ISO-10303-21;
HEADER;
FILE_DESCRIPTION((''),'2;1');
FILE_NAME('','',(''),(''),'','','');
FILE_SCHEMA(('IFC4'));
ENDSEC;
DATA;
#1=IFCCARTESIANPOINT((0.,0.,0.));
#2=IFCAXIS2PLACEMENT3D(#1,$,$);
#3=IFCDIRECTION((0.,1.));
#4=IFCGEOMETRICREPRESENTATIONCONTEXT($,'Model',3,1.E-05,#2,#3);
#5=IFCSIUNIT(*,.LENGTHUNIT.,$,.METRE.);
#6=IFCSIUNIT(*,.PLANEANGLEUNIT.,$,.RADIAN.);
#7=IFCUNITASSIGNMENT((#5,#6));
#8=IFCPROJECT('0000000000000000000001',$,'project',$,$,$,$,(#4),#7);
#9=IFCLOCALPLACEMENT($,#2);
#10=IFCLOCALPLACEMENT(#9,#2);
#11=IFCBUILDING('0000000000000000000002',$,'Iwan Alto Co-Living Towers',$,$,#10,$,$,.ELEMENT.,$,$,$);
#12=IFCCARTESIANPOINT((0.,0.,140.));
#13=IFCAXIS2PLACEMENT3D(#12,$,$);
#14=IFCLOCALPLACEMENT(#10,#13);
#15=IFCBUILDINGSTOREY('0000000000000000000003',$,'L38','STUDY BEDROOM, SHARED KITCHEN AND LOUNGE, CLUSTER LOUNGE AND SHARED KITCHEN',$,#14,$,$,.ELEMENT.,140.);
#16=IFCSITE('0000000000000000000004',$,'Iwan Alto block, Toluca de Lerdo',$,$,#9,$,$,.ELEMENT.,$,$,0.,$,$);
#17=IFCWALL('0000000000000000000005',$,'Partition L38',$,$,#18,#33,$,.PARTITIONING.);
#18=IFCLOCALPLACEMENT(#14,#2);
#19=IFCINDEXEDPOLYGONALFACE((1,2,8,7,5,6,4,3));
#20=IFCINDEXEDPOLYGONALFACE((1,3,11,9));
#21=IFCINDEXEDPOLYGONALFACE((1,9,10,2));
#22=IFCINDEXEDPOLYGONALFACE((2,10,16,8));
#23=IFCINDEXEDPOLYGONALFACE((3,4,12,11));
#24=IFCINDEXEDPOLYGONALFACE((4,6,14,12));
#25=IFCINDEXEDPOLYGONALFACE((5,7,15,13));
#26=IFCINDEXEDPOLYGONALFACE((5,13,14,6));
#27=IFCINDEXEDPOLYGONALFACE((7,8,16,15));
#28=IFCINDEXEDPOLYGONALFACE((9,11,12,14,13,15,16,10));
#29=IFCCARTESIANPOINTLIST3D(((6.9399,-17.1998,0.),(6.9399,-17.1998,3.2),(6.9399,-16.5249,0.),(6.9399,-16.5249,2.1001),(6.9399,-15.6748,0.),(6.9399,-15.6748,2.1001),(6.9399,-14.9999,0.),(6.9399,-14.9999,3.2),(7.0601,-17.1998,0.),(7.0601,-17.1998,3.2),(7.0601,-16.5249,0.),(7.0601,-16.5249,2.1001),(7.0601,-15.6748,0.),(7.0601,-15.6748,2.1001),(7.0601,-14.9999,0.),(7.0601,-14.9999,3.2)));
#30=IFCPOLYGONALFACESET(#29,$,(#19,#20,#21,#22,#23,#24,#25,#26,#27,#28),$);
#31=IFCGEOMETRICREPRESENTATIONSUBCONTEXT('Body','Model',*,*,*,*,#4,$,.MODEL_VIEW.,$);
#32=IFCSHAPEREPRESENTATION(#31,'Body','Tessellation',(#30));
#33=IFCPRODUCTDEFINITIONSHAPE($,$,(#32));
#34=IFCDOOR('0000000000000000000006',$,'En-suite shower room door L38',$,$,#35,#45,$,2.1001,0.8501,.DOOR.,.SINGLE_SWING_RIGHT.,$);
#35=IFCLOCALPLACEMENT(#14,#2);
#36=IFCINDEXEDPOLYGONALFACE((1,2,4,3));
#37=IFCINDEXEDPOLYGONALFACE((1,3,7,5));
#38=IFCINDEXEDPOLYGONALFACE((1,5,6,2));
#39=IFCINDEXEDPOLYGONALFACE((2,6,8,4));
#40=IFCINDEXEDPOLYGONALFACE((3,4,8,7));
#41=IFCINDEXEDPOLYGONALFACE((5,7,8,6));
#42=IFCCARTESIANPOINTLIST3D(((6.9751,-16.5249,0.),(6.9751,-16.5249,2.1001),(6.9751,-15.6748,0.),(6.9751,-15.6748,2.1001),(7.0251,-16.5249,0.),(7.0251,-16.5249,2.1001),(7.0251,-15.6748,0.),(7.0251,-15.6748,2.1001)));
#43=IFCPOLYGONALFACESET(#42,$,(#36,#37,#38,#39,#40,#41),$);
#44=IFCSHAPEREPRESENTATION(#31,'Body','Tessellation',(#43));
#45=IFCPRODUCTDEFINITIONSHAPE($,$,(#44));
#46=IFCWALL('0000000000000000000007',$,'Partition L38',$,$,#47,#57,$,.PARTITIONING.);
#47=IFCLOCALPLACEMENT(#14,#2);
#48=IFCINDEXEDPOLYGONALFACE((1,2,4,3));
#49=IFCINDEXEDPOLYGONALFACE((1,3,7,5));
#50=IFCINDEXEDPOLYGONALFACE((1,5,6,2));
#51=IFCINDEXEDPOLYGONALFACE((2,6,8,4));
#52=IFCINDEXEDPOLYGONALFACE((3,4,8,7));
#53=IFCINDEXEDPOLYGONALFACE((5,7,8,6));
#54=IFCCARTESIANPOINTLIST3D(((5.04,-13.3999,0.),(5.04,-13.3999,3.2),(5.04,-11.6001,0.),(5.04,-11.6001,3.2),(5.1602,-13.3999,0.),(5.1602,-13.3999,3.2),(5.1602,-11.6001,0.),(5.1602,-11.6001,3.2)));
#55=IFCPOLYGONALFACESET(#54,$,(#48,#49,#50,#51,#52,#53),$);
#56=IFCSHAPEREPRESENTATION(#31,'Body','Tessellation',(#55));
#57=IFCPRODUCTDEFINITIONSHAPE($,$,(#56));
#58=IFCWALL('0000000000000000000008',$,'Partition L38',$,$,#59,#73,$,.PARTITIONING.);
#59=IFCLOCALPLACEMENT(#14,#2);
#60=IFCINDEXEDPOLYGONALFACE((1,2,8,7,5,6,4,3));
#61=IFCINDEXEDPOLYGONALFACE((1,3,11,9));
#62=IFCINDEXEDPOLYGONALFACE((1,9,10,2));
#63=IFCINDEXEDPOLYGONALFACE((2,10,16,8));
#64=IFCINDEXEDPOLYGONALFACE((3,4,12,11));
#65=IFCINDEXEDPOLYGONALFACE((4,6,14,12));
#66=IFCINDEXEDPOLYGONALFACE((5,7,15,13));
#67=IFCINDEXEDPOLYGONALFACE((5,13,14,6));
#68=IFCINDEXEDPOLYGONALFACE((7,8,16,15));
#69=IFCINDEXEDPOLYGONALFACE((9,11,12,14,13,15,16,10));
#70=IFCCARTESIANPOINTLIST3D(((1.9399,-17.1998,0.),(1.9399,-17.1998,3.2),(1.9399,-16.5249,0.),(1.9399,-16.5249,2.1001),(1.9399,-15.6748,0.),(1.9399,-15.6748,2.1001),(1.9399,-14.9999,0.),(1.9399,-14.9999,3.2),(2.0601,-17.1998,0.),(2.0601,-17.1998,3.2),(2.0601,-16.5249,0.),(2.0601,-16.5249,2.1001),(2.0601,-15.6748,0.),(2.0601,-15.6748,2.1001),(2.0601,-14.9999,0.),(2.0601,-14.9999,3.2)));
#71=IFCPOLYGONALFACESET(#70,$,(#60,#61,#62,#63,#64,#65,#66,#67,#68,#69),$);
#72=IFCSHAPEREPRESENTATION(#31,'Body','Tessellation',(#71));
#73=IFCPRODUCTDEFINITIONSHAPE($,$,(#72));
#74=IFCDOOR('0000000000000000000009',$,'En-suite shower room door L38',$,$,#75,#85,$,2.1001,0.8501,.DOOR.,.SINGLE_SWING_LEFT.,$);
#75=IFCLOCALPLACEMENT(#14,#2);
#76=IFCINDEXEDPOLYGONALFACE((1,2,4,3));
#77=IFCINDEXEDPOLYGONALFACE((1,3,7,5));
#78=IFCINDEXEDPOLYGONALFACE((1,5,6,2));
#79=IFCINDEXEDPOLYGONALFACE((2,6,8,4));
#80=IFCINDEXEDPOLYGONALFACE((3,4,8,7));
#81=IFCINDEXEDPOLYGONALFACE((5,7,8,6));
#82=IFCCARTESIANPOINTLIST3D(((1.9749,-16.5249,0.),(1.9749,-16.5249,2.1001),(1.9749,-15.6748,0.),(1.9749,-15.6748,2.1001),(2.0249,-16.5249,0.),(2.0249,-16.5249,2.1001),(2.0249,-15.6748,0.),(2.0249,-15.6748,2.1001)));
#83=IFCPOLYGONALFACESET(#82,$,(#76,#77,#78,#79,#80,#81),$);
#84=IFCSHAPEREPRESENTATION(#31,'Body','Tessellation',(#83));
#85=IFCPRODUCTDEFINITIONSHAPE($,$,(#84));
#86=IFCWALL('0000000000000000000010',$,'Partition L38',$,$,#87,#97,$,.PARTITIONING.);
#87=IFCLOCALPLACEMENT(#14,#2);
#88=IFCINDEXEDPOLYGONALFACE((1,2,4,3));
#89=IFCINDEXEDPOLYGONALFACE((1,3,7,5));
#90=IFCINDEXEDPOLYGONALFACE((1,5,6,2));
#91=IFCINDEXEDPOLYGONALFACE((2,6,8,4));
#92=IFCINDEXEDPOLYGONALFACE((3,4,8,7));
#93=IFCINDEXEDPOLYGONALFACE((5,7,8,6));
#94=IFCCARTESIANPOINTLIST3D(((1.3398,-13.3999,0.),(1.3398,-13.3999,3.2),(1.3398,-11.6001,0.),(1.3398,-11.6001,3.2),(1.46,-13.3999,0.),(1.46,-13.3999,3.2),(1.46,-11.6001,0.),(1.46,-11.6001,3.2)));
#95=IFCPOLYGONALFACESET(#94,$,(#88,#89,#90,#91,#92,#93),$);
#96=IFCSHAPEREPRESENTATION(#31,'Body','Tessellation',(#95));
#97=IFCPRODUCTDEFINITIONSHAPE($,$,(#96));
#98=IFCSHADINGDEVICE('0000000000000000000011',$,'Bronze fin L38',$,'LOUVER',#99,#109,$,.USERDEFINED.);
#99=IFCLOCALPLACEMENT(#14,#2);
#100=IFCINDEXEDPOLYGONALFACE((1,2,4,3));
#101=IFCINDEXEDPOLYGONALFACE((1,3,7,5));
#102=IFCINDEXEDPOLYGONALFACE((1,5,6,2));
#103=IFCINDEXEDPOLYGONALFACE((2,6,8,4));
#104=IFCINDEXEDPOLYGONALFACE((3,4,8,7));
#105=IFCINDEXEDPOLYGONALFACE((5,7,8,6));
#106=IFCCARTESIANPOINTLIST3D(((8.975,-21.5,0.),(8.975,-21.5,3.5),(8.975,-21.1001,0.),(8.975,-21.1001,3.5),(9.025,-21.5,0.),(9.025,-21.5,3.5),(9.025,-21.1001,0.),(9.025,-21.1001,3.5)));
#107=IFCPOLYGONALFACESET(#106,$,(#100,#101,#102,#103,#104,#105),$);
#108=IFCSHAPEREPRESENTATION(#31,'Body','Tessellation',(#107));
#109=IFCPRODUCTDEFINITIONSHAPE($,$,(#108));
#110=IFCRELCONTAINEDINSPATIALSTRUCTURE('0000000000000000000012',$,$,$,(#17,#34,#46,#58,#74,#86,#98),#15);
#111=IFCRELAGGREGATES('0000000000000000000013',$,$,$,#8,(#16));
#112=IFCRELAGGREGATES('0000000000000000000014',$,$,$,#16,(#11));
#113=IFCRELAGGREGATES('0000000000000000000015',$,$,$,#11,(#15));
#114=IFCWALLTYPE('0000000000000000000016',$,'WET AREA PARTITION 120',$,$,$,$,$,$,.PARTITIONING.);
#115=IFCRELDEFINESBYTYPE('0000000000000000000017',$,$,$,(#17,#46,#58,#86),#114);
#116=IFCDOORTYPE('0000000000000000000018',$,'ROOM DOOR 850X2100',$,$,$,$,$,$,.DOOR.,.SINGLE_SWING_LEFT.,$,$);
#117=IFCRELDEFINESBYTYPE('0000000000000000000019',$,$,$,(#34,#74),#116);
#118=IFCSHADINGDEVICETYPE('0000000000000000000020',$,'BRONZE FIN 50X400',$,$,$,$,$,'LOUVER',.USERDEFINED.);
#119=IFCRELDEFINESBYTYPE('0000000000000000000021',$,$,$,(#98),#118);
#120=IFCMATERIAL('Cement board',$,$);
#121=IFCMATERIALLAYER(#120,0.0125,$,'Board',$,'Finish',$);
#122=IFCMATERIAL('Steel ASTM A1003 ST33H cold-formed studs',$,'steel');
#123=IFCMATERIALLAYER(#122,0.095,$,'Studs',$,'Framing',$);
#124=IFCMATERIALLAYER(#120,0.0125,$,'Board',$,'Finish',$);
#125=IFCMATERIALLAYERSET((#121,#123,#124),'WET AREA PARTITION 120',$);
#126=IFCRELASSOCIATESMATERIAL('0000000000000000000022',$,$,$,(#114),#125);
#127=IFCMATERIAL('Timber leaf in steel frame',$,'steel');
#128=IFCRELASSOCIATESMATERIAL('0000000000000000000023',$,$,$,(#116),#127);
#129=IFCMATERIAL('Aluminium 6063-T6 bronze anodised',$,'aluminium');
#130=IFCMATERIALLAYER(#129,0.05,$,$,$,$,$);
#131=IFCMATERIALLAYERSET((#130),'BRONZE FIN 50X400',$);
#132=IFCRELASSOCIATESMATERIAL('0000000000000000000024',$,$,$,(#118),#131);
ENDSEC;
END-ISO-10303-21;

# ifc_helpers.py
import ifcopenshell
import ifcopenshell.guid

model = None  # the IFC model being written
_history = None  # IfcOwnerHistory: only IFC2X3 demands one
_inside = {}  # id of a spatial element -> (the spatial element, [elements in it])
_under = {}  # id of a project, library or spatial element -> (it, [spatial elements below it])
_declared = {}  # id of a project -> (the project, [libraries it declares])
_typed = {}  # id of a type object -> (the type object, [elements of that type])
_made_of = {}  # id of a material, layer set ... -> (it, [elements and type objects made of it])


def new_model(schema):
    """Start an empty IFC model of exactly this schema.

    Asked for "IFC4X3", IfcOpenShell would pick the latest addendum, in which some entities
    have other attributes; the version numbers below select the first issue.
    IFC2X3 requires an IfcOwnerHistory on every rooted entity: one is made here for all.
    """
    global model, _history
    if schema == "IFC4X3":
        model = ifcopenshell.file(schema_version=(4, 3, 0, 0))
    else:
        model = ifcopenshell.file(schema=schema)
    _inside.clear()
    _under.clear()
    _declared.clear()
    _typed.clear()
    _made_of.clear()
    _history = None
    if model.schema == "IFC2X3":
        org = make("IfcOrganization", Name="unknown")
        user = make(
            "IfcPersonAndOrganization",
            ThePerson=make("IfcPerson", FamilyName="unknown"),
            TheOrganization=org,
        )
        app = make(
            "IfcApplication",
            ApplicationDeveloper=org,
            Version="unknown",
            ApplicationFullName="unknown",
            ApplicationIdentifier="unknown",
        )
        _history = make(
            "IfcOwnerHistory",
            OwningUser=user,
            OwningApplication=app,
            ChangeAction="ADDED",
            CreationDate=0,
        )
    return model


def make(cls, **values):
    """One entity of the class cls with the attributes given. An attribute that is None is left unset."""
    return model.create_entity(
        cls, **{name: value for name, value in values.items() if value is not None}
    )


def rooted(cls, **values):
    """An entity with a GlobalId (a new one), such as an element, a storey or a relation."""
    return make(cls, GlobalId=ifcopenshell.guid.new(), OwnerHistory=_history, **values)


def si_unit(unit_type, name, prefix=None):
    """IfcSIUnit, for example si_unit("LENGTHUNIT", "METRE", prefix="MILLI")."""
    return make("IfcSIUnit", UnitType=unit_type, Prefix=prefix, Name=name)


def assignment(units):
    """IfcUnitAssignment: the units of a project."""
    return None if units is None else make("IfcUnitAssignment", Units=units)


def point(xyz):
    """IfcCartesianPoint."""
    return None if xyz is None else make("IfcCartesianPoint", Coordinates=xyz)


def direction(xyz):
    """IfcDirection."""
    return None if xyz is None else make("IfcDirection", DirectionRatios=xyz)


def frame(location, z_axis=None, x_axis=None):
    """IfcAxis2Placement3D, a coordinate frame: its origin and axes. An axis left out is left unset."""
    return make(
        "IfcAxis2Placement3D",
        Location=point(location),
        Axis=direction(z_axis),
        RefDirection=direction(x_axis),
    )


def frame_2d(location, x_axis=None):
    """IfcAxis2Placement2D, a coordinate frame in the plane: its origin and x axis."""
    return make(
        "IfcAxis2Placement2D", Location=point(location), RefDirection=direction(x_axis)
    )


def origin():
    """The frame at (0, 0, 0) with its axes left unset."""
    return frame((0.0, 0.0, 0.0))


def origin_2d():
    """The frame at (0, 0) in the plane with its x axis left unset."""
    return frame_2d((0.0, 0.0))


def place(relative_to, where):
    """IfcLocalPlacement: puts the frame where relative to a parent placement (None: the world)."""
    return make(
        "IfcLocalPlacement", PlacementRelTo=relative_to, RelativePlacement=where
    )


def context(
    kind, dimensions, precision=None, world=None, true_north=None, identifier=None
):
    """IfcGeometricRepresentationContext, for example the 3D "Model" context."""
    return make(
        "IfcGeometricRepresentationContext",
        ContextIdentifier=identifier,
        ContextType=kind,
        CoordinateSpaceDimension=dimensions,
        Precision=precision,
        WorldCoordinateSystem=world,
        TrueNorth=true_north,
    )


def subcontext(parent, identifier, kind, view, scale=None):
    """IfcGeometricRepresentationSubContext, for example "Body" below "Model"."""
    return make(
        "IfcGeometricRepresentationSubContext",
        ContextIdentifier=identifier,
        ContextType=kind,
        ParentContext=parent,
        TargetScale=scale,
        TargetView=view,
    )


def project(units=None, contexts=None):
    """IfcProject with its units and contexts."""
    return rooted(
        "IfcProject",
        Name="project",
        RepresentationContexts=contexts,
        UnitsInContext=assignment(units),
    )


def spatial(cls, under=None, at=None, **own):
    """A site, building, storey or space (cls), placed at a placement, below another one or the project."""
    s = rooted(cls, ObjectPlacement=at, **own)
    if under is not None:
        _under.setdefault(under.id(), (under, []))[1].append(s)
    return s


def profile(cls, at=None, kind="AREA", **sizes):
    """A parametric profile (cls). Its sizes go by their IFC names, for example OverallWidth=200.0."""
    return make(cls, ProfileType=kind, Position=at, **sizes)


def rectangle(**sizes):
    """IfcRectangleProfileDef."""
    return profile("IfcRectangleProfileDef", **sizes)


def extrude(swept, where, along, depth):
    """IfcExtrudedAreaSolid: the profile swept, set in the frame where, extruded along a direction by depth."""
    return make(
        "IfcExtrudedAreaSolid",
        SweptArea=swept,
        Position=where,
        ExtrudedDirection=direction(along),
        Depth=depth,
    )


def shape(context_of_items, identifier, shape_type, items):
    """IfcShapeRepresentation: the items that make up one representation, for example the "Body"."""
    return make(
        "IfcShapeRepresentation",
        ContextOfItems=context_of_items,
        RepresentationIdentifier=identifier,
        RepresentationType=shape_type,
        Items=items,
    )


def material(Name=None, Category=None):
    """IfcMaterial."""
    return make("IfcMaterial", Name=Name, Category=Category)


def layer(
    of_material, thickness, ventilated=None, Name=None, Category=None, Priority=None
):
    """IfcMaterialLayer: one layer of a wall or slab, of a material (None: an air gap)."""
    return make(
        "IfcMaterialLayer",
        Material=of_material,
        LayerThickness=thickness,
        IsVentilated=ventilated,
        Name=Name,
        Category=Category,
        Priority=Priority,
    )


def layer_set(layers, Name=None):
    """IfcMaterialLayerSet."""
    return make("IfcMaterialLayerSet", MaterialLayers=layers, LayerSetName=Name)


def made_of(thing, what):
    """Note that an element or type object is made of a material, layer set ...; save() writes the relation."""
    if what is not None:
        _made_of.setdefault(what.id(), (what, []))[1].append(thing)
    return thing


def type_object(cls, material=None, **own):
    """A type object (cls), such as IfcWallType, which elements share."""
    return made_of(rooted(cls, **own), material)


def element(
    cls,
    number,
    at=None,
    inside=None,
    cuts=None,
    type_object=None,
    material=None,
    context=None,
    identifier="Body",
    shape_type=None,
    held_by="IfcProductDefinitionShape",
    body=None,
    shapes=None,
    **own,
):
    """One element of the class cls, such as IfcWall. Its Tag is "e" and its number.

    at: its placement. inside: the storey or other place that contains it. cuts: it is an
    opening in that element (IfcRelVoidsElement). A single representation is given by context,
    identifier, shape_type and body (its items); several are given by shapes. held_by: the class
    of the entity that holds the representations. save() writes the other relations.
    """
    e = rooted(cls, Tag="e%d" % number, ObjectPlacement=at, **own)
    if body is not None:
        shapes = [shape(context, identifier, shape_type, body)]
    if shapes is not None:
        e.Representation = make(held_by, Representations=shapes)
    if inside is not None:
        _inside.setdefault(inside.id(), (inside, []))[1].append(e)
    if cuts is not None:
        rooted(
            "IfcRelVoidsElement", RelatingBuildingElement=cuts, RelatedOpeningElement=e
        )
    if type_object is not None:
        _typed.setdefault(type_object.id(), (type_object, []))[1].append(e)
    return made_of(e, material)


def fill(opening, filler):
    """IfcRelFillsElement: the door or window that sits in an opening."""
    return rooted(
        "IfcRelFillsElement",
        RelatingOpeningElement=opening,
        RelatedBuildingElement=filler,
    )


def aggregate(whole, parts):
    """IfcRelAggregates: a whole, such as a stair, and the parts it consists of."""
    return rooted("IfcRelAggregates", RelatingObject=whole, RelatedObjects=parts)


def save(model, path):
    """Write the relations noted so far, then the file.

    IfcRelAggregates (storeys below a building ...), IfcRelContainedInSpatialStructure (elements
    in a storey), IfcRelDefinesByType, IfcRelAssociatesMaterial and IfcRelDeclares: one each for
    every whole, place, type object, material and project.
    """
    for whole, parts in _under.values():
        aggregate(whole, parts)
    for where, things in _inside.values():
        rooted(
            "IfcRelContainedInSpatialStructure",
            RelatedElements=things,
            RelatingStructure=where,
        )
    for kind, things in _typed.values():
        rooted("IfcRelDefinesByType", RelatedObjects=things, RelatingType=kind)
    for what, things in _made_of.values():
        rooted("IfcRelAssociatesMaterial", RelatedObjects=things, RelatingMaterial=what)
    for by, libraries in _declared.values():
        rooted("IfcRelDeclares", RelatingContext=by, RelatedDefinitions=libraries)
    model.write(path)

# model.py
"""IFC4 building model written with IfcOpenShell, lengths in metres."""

from ifc_helpers import new_model, si_unit, direction, frame, frame_2d, origin, origin_2d, place, context, subcontext, project, spatial, rectangle, extrude, material, layer, layer_set, type_object, element, fill, save


model = new_model("IFC4")

# Units and contexts
model_context = context("Model", 3, precision=1e-05, world=origin(), true_north=direction((0.0, 1.0)))
body_context = subcontext(model_context, "Body", "Model", "MODEL_VIEW")
ifc_project = project(units=[si_unit("LENGTHUNIT", "METRE"), si_unit("PLANEANGLEUNIT", "RADIAN")], contexts=[model_context])

# Site, building, storey
site_placement = place(None, origin())
site = spatial("IfcSite", under=ifc_project, at=site_placement, Name="Iwan Alto block, Toluca de Lerdo", CompositionType="ELEMENT", RefElevation=0.0)
building_placement = place(site_placement, origin())
building = spatial("IfcBuilding", under=site, at=building_placement, Name="Iwan Alto Co-Living Towers", CompositionType="ELEMENT")
storey_placement = place(building_placement, frame((0.0, 0.0, 140.0)))
storey = spatial("IfcBuildingStorey", under=building, at=storey_placement, Name="L38", Description="STUDY BEDROOM, SHARED KITCHEN AND LOUNGE, CLUSTER LOUNGE AND SHARED KITCHEN", CompositionType="ELEMENT", Elevation=140.0)

# Shared definitions
ifc_material_1 = material(Name="Steel ASTM A1003 ST33H cold-formed studs", Category="steel")

# Shared definitions
ifc_material_2 = material(Name="Cement board")
ifc_layer_1 = layer(ifc_material_2, 0.0125, Name="Board", Category="Finish")
ifc_layer_2 = layer(ifc_material_1, 0.095, Name="Studs", Category="Framing")
ifc_layer_3 = layer(ifc_material_2, 0.0125, Name="Board", Category="Finish")
ifc_layer_set_1 = layer_set([ifc_layer_1, ifc_layer_2, ifc_layer_3], Name="WET AREA PARTITION 120")
wall_type_1 = type_object("IfcWallType", Name="WET AREA PARTITION 120", PredefinedType="PARTITIONING", material=ifc_layer_set_1)

# Shared definitions
ifc_material_3 = material(Name="Timber leaf in steel frame", Category="steel")
door_type_1 = type_object("IfcDoorType", Name="ROOM DOOR 850X2100", OperationType="SINGLE_SWING_LEFT", PredefinedType="DOOR", material=ifc_material_3)

# Wall, opening, door
wall_1_placement = place(storey_placement, frame((7.0, -17.2, 0.0), z_axis=(0.0, 0.0, 1.0), x_axis=(0.0, 1.0, 0.0)))
wall_1 = element("IfcWall", 1, at=wall_1_placement, inside=storey, type_object=wall_type_1, Name="Partition L38", PredefinedType="PARTITIONING", context=body_context, shape_type="SweptSolid", body=[
    extrude(rectangle(XDim=2.2, YDim=0.1201, at=frame_2d((1.1001, 0.0))), origin(), (0.0, 0.0, 1.0), 3.2),
])
opening_1_placement = place(wall_1_placement, frame((0.675, 0.0, 0.0)))
opening_1 = element("IfcOpeningElement", 2, at=opening_1_placement, cuts=wall_1, PredefinedType="OPENING", context=body_context, shape_type="SweptSolid", body=[
    extrude(rectangle(XDim=0.8501, YDim=2.1001, at=frame_2d((0.425, 1.05))), frame((0.0, 0.0701, 0.0), z_axis=(0.0, -1.0, 0.0), x_axis=(1.0, 0.0, 0.0)), (0.0, 0.0, 1.0), 0.1401),
])
door_1_placement = place(opening_1_placement, origin())
door_1 = element("IfcDoor", 3, at=door_1_placement, inside=storey, type_object=door_type_1, Name="En-suite shower room door L38", OperationType="SINGLE_SWING_RIGHT", OverallHeight=2.1001, OverallWidth=0.8501, PredefinedType="DOOR", context=body_context, shape_type="SweptSolid", body=[
    extrude(rectangle(XDim=0.8501, YDim=2.1001, at=frame_2d((0.425, 1.05))), frame((0.0, 0.0249, 0.0), z_axis=(0.0, -1.0, 0.0), x_axis=(1.0, 0.0, 0.0)), (0.0, 0.0, 1.0), 0.05),
])
fill(opening_1, door_1)

# Wall
wall_2_placement = place(storey_placement, frame((5.1001, -13.3999, 0.0), z_axis=(0.0, 0.0, 1.0), x_axis=(0.0, 1.0, 0.0)))
element("IfcWall", 4, at=wall_2_placement, inside=storey, type_object=wall_type_1, Name="Partition L38", PredefinedType="PARTITIONING", context=body_context, shape_type="SweptSolid", body=[
    extrude(rectangle(XDim=1.7998, YDim=0.1201, at=frame_2d((0.8999, 0.0))), origin(), (0.0, 0.0, 1.0), 3.2),
])

# Wall, opening, door
wall_3_placement = place(storey_placement, frame((2.0, -17.2, 0.0), z_axis=(0.0, 0.0, 1.0), x_axis=(0.0, 1.0, 0.0)))
wall_3 = element("IfcWall", 5, at=wall_3_placement, inside=storey, type_object=wall_type_1, Name="Partition L38", PredefinedType="PARTITIONING", context=body_context, shape_type="SweptSolid", body=[
    extrude(rectangle(XDim=2.2, YDim=0.1201, at=frame_2d((1.1001, 0.0))), origin(), (0.0, 0.0, 1.0), 3.2),
])
opening_2_placement = place(wall_3_placement, frame((0.675, 0.0, 0.0)))
opening_2 = element("IfcOpeningElement", 6, at=opening_2_placement, cuts=wall_3, PredefinedType="OPENING", context=body_context, shape_type="SweptSolid", body=[
    extrude(rectangle(XDim=0.8501, YDim=2.1001, at=frame_2d((0.425, 1.05))), frame((0.0, 0.0701, 0.0), z_axis=(0.0, -1.0, 0.0), x_axis=(1.0, 0.0, 0.0)), (0.0, 0.0, 1.0), 0.1401),
])
door_2_placement = place(opening_2_placement, frame((0.8501, 0.0, 0.0), z_axis=(0.0, 0.0, 1.0), x_axis=(-1.0, 0.0, 0.0)))
door_2 = element("IfcDoor", 7, at=door_2_placement, inside=storey, type_object=door_type_1, Name="En-suite shower room door L38", OperationType="SINGLE_SWING_LEFT", OverallHeight=2.1001, OverallWidth=0.8501, PredefinedType="DOOR", context=body_context, shape_type="SweptSolid", body=[
    extrude(rectangle(XDim=0.8501, YDim=2.1001, at=frame_2d((0.425, 1.05))), frame((0.0, 0.0249, 0.0), z_axis=(0.0, -1.0, 0.0), x_axis=(1.0, 0.0, 0.0)), (0.0, 0.0, 1.0), 0.05),
])
fill(opening_2, door_2)

# Wall
wall_4_placement = place(storey_placement, frame((1.3999, -13.3999, 0.0), z_axis=(0.0, 0.0, 1.0), x_axis=(0.0, 1.0, 0.0)))
element("IfcWall", 8, at=wall_4_placement, inside=storey, type_object=wall_type_1, Name="Partition L38", PredefinedType="PARTITIONING", context=body_context, shape_type="SweptSolid", body=[
    extrude(rectangle(XDim=1.7998, YDim=0.1201, at=frame_2d((0.8999, 0.0))), origin(), (0.0, 0.0, 1.0), 3.2),
])

# Shading device
ifc_material_4 = material(Name="Aluminium 6063-T6 bronze anodised", Category="aluminium")
ifc_layer_4 = layer(ifc_material_4, 0.05)
ifc_layer_set_2 = layer_set([ifc_layer_4], Name="BRONZE FIN 50X400")
shading_device_type = type_object("IfcShadingDeviceType", Name="BRONZE FIN 50X400", ElementType="LOUVER", PredefinedType="USERDEFINED", material=ifc_layer_set_2)
shading_device_placement = place(storey_placement, frame((9.0, -21.3, 0.0), z_axis=(0.0, 0.0, 1.0), x_axis=(1.0, 0.0, 0.0)))
element("IfcShadingDevice", 9, at=shading_device_placement, inside=storey, type_object=shading_device_type, Name="Bronze fin L38", ObjectType="LOUVER", PredefinedType="USERDEFINED", context=body_context, shape_type="SweptSolid", body=[
    extrude(rectangle(XDim=0.05, YDim=0.3999, at=origin_2d()), origin(), (0.0, 0.0, 1.0), 3.5),
])

save(model, "model.ifc")
